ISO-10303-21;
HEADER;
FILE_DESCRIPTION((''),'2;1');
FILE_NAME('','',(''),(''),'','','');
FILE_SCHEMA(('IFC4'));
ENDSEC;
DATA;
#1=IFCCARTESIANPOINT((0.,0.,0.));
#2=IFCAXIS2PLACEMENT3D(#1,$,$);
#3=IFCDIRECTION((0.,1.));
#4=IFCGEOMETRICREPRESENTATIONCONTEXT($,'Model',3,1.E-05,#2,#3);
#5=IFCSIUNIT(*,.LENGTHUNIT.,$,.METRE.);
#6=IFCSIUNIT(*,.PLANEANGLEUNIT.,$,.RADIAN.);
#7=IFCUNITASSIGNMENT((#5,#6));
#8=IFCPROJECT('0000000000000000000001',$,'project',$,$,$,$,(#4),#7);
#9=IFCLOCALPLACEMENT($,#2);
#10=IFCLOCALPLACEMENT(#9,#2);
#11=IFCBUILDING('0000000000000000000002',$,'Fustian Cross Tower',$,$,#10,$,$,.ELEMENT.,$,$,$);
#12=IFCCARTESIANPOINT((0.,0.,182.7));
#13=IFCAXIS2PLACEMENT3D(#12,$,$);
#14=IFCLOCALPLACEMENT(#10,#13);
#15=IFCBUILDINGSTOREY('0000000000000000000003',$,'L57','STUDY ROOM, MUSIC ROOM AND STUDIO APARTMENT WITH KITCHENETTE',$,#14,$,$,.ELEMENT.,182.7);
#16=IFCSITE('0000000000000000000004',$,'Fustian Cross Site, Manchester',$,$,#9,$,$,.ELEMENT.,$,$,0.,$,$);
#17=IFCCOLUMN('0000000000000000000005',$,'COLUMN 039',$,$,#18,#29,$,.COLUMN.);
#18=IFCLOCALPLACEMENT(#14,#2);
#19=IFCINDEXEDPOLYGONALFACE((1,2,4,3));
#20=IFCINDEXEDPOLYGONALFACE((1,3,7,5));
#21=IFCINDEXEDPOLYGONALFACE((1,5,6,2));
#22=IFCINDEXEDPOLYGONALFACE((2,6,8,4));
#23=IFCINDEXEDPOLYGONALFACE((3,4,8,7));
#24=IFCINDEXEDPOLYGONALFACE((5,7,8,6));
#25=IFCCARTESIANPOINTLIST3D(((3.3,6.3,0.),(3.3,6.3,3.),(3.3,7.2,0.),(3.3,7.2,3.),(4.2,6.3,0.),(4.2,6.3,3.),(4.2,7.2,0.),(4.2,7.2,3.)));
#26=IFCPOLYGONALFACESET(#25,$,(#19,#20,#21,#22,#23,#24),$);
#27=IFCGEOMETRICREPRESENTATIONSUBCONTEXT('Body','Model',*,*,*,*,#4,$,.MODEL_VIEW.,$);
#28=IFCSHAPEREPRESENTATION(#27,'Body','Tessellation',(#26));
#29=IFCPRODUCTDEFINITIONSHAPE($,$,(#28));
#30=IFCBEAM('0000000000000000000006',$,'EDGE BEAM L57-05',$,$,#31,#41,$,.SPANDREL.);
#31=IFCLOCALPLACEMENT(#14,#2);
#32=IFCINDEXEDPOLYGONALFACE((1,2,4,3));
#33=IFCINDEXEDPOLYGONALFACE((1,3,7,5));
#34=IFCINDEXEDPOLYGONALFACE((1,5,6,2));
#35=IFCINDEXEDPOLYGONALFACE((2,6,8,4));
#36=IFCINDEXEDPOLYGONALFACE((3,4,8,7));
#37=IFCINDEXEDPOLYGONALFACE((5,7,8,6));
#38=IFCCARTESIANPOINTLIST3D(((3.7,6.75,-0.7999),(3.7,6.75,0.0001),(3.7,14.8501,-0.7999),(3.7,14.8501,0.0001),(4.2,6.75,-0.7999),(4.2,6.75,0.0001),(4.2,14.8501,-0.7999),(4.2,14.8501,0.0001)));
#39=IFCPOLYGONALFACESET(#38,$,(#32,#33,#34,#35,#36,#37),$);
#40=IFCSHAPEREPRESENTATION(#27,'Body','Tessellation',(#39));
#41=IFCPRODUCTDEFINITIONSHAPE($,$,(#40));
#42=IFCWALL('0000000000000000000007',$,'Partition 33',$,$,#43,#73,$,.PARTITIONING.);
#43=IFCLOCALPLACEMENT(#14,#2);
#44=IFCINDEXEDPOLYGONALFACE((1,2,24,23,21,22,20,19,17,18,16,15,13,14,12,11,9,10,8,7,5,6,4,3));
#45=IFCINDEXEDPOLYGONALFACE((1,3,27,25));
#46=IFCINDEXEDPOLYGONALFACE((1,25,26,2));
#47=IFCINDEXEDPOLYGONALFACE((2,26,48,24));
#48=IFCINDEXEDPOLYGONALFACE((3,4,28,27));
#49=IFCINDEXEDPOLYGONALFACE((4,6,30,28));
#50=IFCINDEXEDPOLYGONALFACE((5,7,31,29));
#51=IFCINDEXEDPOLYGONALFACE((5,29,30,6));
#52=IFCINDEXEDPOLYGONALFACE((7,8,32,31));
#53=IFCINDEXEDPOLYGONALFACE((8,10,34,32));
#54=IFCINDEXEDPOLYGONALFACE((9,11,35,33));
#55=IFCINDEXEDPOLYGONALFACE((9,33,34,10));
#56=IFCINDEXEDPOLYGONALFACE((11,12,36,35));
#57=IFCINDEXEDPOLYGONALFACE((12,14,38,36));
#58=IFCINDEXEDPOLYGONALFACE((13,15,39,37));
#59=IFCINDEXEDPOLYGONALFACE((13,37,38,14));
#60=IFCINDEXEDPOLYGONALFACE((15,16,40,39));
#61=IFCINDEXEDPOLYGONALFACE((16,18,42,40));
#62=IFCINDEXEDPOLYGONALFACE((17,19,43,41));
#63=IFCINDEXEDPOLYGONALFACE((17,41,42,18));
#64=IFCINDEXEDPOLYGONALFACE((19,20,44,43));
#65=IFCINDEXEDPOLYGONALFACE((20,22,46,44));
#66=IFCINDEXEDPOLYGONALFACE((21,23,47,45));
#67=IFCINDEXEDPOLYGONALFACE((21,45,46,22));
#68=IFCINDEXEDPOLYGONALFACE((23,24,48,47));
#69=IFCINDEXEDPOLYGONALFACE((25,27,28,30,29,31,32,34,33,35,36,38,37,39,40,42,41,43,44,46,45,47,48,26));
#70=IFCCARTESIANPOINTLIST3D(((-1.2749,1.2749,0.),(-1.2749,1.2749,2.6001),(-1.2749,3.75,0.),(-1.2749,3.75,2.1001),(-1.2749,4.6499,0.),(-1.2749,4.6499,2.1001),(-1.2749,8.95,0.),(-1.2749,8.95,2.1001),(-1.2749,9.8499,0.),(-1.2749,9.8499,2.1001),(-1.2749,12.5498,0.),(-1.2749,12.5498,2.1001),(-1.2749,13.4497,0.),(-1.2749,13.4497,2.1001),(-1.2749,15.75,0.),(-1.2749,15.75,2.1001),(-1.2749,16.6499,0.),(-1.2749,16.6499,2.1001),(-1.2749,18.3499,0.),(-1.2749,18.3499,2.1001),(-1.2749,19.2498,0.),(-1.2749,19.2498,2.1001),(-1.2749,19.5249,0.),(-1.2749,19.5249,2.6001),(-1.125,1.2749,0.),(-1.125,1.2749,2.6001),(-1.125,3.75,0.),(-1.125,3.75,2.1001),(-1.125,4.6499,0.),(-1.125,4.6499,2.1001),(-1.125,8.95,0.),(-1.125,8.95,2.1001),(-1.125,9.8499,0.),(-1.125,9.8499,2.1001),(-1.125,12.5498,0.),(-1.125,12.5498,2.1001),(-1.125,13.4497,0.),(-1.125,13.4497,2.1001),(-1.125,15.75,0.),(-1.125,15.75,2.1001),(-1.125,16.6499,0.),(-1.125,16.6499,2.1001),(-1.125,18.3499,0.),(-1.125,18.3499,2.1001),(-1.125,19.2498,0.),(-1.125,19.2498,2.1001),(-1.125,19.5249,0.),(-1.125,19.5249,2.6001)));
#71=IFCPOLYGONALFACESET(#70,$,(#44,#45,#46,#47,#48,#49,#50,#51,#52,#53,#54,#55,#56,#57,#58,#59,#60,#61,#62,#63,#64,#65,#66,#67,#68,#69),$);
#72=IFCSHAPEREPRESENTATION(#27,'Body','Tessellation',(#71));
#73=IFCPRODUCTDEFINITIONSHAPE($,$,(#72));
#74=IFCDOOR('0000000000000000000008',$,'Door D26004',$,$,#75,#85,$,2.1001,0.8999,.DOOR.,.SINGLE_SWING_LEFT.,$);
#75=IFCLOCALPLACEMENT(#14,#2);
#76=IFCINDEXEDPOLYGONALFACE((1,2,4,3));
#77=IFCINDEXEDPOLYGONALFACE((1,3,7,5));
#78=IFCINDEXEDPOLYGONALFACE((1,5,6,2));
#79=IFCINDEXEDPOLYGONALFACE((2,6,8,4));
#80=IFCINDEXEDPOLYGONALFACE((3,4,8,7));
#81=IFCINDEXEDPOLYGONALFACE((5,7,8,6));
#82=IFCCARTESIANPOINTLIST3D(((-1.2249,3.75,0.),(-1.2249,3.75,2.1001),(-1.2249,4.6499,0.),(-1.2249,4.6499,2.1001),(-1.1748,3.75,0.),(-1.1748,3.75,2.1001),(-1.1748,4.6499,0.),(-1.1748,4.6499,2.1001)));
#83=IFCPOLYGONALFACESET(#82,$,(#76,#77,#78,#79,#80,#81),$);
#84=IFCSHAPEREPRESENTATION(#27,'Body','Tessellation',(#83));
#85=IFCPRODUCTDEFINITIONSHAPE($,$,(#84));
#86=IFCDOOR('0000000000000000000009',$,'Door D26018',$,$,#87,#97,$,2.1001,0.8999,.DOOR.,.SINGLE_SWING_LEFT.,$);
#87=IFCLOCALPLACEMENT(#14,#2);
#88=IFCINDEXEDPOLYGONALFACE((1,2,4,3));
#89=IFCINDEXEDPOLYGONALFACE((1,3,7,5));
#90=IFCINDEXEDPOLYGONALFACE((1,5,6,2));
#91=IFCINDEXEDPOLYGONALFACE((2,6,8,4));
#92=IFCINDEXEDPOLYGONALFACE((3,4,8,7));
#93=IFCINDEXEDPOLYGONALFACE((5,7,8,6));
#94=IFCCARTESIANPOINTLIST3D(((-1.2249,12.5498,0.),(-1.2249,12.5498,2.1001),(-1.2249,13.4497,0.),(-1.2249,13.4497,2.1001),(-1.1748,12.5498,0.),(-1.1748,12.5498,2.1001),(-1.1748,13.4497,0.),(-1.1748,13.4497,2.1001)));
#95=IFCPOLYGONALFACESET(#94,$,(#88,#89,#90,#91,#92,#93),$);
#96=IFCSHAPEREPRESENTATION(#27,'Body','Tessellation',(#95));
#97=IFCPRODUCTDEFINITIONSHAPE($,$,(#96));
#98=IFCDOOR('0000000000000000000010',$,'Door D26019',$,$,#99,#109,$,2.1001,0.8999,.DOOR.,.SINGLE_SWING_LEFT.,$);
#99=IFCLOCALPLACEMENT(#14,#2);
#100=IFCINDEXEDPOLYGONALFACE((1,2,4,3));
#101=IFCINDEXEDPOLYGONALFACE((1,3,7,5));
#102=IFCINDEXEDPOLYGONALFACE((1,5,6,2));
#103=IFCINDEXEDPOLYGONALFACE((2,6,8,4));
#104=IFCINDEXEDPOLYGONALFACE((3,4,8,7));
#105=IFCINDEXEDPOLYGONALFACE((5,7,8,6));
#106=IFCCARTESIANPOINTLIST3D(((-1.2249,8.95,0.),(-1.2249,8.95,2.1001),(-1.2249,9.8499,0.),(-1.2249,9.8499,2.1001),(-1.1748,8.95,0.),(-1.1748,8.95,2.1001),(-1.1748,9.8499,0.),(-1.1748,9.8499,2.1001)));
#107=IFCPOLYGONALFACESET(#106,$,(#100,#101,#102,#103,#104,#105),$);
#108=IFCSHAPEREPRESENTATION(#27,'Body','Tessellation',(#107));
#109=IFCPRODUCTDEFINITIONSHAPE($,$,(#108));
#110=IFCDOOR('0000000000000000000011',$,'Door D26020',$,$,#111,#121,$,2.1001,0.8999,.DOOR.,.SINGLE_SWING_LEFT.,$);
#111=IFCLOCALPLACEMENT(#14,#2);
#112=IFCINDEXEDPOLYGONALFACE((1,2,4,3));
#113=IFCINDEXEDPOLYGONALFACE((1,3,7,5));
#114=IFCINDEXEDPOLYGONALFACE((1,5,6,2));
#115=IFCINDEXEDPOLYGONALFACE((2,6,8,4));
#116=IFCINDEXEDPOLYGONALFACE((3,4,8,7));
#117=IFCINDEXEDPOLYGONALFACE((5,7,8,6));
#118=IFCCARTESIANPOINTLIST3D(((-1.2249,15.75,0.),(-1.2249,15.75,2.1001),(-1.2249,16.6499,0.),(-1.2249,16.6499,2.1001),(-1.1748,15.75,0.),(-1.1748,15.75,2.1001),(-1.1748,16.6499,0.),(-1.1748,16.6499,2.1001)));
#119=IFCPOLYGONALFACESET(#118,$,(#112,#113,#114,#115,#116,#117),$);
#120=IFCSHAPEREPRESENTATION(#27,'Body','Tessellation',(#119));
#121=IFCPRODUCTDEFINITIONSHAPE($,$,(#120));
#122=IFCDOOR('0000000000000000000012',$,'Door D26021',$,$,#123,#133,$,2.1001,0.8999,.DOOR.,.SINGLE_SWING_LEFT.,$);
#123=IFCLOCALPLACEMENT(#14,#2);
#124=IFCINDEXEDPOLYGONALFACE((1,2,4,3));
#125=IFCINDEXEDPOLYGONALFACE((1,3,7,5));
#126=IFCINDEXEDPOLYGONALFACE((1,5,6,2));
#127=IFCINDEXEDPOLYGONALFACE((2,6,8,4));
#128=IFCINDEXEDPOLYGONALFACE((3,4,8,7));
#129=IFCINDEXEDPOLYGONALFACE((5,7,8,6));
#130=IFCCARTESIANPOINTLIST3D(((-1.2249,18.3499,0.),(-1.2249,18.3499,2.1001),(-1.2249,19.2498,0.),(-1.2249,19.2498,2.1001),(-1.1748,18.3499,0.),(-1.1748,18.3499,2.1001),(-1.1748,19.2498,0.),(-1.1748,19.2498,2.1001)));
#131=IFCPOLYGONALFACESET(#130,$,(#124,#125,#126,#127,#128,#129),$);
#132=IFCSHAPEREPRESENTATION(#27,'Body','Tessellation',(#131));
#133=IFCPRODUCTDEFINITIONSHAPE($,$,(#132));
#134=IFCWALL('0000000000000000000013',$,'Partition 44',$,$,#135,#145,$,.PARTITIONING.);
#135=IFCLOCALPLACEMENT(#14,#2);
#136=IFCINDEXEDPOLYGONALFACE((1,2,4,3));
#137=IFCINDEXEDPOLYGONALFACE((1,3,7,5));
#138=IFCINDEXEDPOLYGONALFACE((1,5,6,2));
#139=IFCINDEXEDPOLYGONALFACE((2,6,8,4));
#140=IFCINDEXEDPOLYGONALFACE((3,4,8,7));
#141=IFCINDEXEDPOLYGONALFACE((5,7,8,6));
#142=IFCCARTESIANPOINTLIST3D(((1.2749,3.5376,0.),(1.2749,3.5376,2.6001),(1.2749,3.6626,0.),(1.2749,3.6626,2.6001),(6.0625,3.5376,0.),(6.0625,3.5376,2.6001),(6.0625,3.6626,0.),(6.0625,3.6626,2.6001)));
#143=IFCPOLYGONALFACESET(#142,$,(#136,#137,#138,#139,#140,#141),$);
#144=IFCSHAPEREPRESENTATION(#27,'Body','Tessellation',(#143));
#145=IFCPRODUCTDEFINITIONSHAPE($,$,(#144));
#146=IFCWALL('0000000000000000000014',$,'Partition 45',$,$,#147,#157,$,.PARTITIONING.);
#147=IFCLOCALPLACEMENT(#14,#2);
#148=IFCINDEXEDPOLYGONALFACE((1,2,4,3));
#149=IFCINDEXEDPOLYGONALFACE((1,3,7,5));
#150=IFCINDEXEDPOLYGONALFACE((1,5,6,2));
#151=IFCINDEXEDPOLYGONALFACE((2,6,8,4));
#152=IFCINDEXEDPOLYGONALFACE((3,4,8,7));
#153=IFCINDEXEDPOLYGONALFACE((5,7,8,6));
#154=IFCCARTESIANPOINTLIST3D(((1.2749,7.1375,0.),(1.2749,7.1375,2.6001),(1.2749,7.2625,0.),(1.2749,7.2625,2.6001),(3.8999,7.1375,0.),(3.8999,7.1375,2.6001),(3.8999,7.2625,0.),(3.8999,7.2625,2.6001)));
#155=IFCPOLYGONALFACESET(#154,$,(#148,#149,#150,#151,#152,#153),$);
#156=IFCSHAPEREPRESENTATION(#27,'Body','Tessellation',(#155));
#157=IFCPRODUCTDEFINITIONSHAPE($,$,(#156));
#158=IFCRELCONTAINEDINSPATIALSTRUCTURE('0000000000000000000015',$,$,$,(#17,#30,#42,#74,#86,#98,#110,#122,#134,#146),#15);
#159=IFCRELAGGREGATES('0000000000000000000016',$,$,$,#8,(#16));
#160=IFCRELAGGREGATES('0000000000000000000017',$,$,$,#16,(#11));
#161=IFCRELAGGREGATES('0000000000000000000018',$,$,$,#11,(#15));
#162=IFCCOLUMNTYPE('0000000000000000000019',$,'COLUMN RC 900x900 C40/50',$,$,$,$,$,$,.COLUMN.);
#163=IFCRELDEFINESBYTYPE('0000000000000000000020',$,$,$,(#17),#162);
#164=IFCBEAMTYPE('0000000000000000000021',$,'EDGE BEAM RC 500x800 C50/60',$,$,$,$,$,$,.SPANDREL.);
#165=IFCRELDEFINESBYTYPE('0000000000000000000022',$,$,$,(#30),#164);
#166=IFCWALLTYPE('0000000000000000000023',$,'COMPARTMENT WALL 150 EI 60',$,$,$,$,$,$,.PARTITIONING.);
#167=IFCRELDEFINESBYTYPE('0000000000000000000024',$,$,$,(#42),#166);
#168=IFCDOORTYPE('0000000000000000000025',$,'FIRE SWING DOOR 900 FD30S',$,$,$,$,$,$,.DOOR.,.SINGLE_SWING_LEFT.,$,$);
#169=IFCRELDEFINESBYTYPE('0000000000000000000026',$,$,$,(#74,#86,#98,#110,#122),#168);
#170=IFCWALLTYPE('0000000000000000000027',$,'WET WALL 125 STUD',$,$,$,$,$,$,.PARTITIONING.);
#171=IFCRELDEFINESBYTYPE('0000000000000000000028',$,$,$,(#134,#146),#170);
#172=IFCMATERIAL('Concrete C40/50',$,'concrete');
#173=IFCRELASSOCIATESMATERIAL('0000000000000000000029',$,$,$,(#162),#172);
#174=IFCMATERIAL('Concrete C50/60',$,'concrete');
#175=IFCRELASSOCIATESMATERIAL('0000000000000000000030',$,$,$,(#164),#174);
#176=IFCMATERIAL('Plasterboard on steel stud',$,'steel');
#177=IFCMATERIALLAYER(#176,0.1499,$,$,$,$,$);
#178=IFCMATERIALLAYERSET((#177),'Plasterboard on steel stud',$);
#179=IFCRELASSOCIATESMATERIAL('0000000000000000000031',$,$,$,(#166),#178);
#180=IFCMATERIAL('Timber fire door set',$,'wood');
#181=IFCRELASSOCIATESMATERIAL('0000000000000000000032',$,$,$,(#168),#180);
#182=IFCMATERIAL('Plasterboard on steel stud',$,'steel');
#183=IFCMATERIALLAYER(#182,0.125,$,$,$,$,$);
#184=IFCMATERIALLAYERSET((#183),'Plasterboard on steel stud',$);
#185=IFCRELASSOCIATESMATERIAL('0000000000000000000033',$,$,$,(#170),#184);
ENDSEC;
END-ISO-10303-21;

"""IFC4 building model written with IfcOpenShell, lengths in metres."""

from ifc_helpers import new_model, si_unit, direction, frame, frame_2d, origin, origin_2d, place, context, subcontext, project, spatial, rectangle, extrude, material, layer, layer_set, material_profile, profile_set, type_object, element, fill, save


model = new_model("IFC4")

# Units and contexts
model_context = context("Model", 3, precision=1e-05, world=origin(), true_north=direction((0.0, 1.0)))
body_context = subcontext(model_context, "Body", "Model", "MODEL_VIEW")
ifc_project = project(units=[si_unit("LENGTHUNIT", "METRE"), si_unit("PLANEANGLEUNIT", "RADIAN")], contexts=[model_context])

# Site, building, storey
site_placement = place(None, origin())
site = spatial("IfcSite", under=ifc_project, at=site_placement, Name="Fustian Cross Site, Manchester", CompositionType="ELEMENT", RefElevation=0.0)
building_placement = place(site_placement, origin())
building = spatial("IfcBuilding", under=site, at=building_placement, Name="Fustian Cross Tower", CompositionType="ELEMENT")
storey_placement = place(building_placement, frame((0.0, 0.0, 182.7)))
storey = spatial("IfcBuildingStorey", under=building, at=storey_placement, Name="L57", Description="STUDY ROOM, MUSIC ROOM AND STUDIO APARTMENT WITH KITCHENETTE", CompositionType="ELEMENT", Elevation=182.7)

# Column
ifc_material_1 = material(Name="Concrete C40/50", Category="concrete")
ifc_material_profile_1 = material_profile(ifc_material_1, rectangle(XDim=0.8999, YDim=0.8999, at=origin_2d()), Name="RC 900x900")
ifc_profile_set_1 = profile_set([ifc_material_profile_1], Name="Concrete C40/50")
column_type = type_object("IfcColumnType", Name="COLUMN RC 900x900 C40/50", PredefinedType="COLUMN", material=ifc_profile_set_1)
column_placement = place(storey_placement, frame((3.75, 6.75, 0.0), z_axis=(0.0, 0.0, 1.0), x_axis=(1.0, 0.0, 0.0)))
element("IfcColumn", 1, at=column_placement, inside=storey, type_object=column_type, Name="COLUMN 039", PredefinedType="COLUMN", context=body_context, shape_type="SweptSolid", body=[
    extrude(rectangle(XDim=0.8999, YDim=0.8999, at=origin_2d()), origin(), (0.0, 0.0, 1.0), 3.0),
])

# Beam
ifc_material_2 = material(Name="Concrete C50/60", Category="concrete")
ifc_material_profile_2 = material_profile(ifc_material_2, rectangle(XDim=0.5, YDim=0.8, at=origin_2d()), Name="RC 500x800")
ifc_profile_set_2 = profile_set([ifc_material_profile_2], Name="Concrete C50/60")
beam_type = type_object("IfcBeamType", Name="EDGE BEAM RC 500x800 C50/60", PredefinedType="SPANDREL", material=ifc_profile_set_2)
beam_placement = place(storey_placement, frame((3.95, 6.75, -0.3999), z_axis=(0.0, 1.0, 0.0), x_axis=(-1.0, 0.0, 0.0)))
element("IfcBeam", 2, at=beam_placement, inside=storey, type_object=beam_type, Name="EDGE BEAM L57-05", PredefinedType="SPANDREL", context=body_context, shape_type="SweptSolid", body=[
    extrude(rectangle(XDim=0.5, YDim=0.8, at=origin_2d()), origin(), (0.0, 0.0, 1.0), 8.1001),
])

# Wall, openings, doors
ifc_material_3 = material(Name="Plasterboard on steel stud", Category="steel")
ifc_layer_1 = layer(ifc_material_3, 0.1499)
ifc_layer_set_1 = layer_set([ifc_layer_1], Name="Plasterboard on steel stud")
wall_type_1 = type_object("IfcWallType", Name="COMPARTMENT WALL 150 EI 60", PredefinedType="PARTITIONING", material=ifc_layer_set_1)
wall_1_placement = place(storey_placement, frame((-1.2, 1.2749, 0.0), z_axis=(0.0, 0.0, 1.0), x_axis=(0.0, 1.0, 0.0)))
wall_1 = element("IfcWall", 3, at=wall_1_placement, inside=storey, type_object=wall_type_1, Name="Partition 33", PredefinedType="PARTITIONING", context=body_context, shape_type="SweptSolid", body=[
    extrude(rectangle(XDim=18.25, YDim=0.1499, at=frame_2d((9.125, 0.0))), origin(), (0.0, 0.0, 1.0), 2.6001),
])
opening_1_placement = place(wall_1_placement, frame((2.4751, 0.0, 0.0)))
opening_1 = element("IfcOpeningElement", 4, at=opening_1_placement, cuts=wall_1, PredefinedType="OPENING", context=body_context, shape_type="SweptSolid", body=[
    extrude(rectangle(XDim=0.8999, YDim=2.1001, at=frame_2d((0.45, 1.05))), frame((0.0, 0.085, 0.0), z_axis=(0.0, -1.0, 0.0), x_axis=(1.0, 0.0, 0.0)), (0.0, 0.0, 1.0), 0.1699),
])
opening_2_placement = place(wall_1_placement, frame((11.2749, 0.0, 0.0)))
opening_2 = element("IfcOpeningElement", 5, at=opening_2_placement, cuts=wall_1, PredefinedType="OPENING", context=body_context, shape_type="SweptSolid", body=[
    extrude(rectangle(XDim=0.8999, YDim=2.1001, at=frame_2d((0.45, 1.05))), frame((0.0, 0.085, 0.0), z_axis=(0.0, -1.0, 0.0), x_axis=(1.0, 0.0, 0.0)), (0.0, 0.0, 1.0), 0.1699),
])
opening_3_placement = place(wall_1_placement, frame((7.675, 0.0, 0.0)))
opening_3 = element("IfcOpeningElement", 6, at=opening_3_placement, cuts=wall_1, PredefinedType="OPENING", context=body_context, shape_type="SweptSolid", body=[
    extrude(rectangle(XDim=0.8999, YDim=2.1001, at=frame_2d((0.45, 1.05))), frame((0.0, 0.085, 0.0), z_axis=(0.0, -1.0, 0.0), x_axis=(1.0, 0.0, 0.0)), (0.0, 0.0, 1.0), 0.1699),
])
opening_4_placement = place(wall_1_placement, frame((14.4751, 0.0, 0.0)))
opening_4 = element("IfcOpeningElement", 7, at=opening_4_placement, cuts=wall_1, PredefinedType="OPENING", context=body_context, shape_type="SweptSolid", body=[
    extrude(rectangle(XDim=0.8999, YDim=2.1001, at=frame_2d((0.45, 1.05))), frame((0.0, 0.085, 0.0), z_axis=(0.0, -1.0, 0.0), x_axis=(1.0, 0.0, 0.0)), (0.0, 0.0, 1.0), 0.1699),
])
opening_5_placement = place(wall_1_placement, frame((17.075, 0.0, 0.0)))
opening_5 = element("IfcOpeningElement", 8, at=opening_5_placement, cuts=wall_1, PredefinedType="OPENING", context=body_context, shape_type="SweptSolid", body=[
    extrude(rectangle(XDim=0.8999, YDim=2.1001, at=frame_2d((0.45, 1.05))), frame((0.0, 0.085, 0.0), z_axis=(0.0, -1.0, 0.0), x_axis=(1.0, 0.0, 0.0)), (0.0, 0.0, 1.0), 0.1699),
])
ifc_material_4 = material(Name="Timber fire door set", Category="wood")
door_type_1 = type_object("IfcDoorType", Name="FIRE SWING DOOR 900 FD30S", OperationType="SINGLE_SWING_LEFT", PredefinedType="DOOR", material=ifc_material_4)
door_1_placement = place(opening_1_placement, origin())
door_1 = element("IfcDoor", 9, at=door_1_placement, inside=storey, type_object=door_type_1, Name="Door D26004", OperationType="SINGLE_SWING_LEFT", OverallHeight=2.1001, OverallWidth=0.8999, PredefinedType="DOOR", context=body_context, shape_type="SweptSolid", body=[
    extrude(rectangle(XDim=0.8999, YDim=2.1001, at=frame_2d((0.45, 1.05))), frame((0.0, 0.0249, 0.0), z_axis=(0.0, -1.0, 0.0), x_axis=(1.0, 0.0, 0.0)), (0.0, 0.0, 1.0), 0.05),
])
fill(opening_1, door_1)
door_2_placement = place(opening_2_placement, origin())
door_2 = element("IfcDoor", 10, at=door_2_placement, inside=storey, type_object=door_type_1, Name="Door D26018", OperationType="SINGLE_SWING_LEFT", OverallHeight=2.1001, OverallWidth=0.8999, PredefinedType="DOOR", context=body_context, shape_type="SweptSolid", body=[
    extrude(rectangle(XDim=0.8999, YDim=2.1001, at=frame_2d((0.45, 1.05))), frame((0.0, 0.0249, 0.0), z_axis=(0.0, -1.0, 0.0), x_axis=(1.0, 0.0, 0.0)), (0.0, 0.0, 1.0), 0.05),
])
fill(opening_2, door_2)
door_3_placement = place(opening_3_placement, origin())
door_3 = element("IfcDoor", 11, at=door_3_placement, inside=storey, type_object=door_type_1, Name="Door D26019", OperationType="SINGLE_SWING_LEFT", OverallHeight=2.1001, OverallWidth=0.8999, PredefinedType="DOOR", context=body_context, shape_type="SweptSolid", body=[
    extrude(rectangle(XDim=0.8999, YDim=2.1001, at=frame_2d((0.45, 1.05))), frame((0.0, 0.0249, 0.0), z_axis=(0.0, -1.0, 0.0), x_axis=(1.0, 0.0, 0.0)), (0.0, 0.0, 1.0), 0.05),
])
fill(opening_3, door_3)
door_4_placement = place(opening_4_placement, origin())
door_4 = element("IfcDoor", 12, at=door_4_placement, inside=storey, type_object=door_type_1, Name="Door D26020", OperationType="SINGLE_SWING_LEFT", OverallHeight=2.1001, OverallWidth=0.8999, PredefinedType="DOOR", context=body_context, shape_type="SweptSolid", body=[
    extrude(rectangle(XDim=0.8999, YDim=2.1001, at=frame_2d((0.45, 1.05))), frame((0.0, 0.0249, 0.0), z_axis=(0.0, -1.0, 0.0), x_axis=(1.0, 0.0, 0.0)), (0.0, 0.0, 1.0), 0.05),
])
fill(opening_4, door_4)
door_5_placement = place(opening_5_placement, origin())
door_5 = element("IfcDoor", 13, at=door_5_placement, inside=storey, type_object=door_type_1, Name="Door D26021", OperationType="SINGLE_SWING_LEFT", OverallHeight=2.1001, OverallWidth=0.8999, PredefinedType="DOOR", context=body_context, shape_type="SweptSolid", body=[
    extrude(rectangle(XDim=0.8999, YDim=2.1001, at=frame_2d((0.45, 1.05))), frame((0.0, 0.0249, 0.0), z_axis=(0.0, -1.0, 0.0), x_axis=(1.0, 0.0, 0.0)), (0.0, 0.0, 1.0), 0.05),
])
fill(opening_5, door_5)

# Walls
ifc_material_5 = material(Name="Plasterboard on steel stud", Category="steel")
ifc_layer_2 = layer(ifc_material_5, 0.125)
ifc_layer_set_2 = layer_set([ifc_layer_2], Name="Plasterboard on steel stud")
wall_type_2 = type_object("IfcWallType", Name="WET WALL 125 STUD", PredefinedType="PARTITIONING", material=ifc_layer_set_2)
wall_2_placement = place(storey_placement, frame((1.2749, 3.6001, 0.0), z_axis=(0.0, 0.0, 1.0), x_axis=(1.0, 0.0, 0.0)))
element("IfcWall", 14, at=wall_2_placement, inside=storey, type_object=wall_type_2, Name="Partition 44", PredefinedType="PARTITIONING", context=body_context, shape_type="SweptSolid", body=[
    extrude(rectangle(XDim=4.7876, YDim=0.125, at=frame_2d((2.3938, 0.0))), origin(), (0.0, 0.0, 1.0), 2.6001),
])
wall_3_placement = place(storey_placement, frame((1.2749, 7.2, 0.0), z_axis=(0.0, 0.0, 1.0), x_axis=(1.0, 0.0, 0.0)))
element("IfcWall", 15, at=wall_3_placement, inside=storey, type_object=wall_type_2, Name="Partition 45", PredefinedType="PARTITIONING", context=body_context, shape_type="SweptSolid", body=[
    extrude(rectangle(XDim=2.625, YDim=0.125, at=frame_2d((1.3125, 0.0))), origin(), (0.0, 0.0, 1.0), 2.6001),
])

save(model, "model.ifc")
